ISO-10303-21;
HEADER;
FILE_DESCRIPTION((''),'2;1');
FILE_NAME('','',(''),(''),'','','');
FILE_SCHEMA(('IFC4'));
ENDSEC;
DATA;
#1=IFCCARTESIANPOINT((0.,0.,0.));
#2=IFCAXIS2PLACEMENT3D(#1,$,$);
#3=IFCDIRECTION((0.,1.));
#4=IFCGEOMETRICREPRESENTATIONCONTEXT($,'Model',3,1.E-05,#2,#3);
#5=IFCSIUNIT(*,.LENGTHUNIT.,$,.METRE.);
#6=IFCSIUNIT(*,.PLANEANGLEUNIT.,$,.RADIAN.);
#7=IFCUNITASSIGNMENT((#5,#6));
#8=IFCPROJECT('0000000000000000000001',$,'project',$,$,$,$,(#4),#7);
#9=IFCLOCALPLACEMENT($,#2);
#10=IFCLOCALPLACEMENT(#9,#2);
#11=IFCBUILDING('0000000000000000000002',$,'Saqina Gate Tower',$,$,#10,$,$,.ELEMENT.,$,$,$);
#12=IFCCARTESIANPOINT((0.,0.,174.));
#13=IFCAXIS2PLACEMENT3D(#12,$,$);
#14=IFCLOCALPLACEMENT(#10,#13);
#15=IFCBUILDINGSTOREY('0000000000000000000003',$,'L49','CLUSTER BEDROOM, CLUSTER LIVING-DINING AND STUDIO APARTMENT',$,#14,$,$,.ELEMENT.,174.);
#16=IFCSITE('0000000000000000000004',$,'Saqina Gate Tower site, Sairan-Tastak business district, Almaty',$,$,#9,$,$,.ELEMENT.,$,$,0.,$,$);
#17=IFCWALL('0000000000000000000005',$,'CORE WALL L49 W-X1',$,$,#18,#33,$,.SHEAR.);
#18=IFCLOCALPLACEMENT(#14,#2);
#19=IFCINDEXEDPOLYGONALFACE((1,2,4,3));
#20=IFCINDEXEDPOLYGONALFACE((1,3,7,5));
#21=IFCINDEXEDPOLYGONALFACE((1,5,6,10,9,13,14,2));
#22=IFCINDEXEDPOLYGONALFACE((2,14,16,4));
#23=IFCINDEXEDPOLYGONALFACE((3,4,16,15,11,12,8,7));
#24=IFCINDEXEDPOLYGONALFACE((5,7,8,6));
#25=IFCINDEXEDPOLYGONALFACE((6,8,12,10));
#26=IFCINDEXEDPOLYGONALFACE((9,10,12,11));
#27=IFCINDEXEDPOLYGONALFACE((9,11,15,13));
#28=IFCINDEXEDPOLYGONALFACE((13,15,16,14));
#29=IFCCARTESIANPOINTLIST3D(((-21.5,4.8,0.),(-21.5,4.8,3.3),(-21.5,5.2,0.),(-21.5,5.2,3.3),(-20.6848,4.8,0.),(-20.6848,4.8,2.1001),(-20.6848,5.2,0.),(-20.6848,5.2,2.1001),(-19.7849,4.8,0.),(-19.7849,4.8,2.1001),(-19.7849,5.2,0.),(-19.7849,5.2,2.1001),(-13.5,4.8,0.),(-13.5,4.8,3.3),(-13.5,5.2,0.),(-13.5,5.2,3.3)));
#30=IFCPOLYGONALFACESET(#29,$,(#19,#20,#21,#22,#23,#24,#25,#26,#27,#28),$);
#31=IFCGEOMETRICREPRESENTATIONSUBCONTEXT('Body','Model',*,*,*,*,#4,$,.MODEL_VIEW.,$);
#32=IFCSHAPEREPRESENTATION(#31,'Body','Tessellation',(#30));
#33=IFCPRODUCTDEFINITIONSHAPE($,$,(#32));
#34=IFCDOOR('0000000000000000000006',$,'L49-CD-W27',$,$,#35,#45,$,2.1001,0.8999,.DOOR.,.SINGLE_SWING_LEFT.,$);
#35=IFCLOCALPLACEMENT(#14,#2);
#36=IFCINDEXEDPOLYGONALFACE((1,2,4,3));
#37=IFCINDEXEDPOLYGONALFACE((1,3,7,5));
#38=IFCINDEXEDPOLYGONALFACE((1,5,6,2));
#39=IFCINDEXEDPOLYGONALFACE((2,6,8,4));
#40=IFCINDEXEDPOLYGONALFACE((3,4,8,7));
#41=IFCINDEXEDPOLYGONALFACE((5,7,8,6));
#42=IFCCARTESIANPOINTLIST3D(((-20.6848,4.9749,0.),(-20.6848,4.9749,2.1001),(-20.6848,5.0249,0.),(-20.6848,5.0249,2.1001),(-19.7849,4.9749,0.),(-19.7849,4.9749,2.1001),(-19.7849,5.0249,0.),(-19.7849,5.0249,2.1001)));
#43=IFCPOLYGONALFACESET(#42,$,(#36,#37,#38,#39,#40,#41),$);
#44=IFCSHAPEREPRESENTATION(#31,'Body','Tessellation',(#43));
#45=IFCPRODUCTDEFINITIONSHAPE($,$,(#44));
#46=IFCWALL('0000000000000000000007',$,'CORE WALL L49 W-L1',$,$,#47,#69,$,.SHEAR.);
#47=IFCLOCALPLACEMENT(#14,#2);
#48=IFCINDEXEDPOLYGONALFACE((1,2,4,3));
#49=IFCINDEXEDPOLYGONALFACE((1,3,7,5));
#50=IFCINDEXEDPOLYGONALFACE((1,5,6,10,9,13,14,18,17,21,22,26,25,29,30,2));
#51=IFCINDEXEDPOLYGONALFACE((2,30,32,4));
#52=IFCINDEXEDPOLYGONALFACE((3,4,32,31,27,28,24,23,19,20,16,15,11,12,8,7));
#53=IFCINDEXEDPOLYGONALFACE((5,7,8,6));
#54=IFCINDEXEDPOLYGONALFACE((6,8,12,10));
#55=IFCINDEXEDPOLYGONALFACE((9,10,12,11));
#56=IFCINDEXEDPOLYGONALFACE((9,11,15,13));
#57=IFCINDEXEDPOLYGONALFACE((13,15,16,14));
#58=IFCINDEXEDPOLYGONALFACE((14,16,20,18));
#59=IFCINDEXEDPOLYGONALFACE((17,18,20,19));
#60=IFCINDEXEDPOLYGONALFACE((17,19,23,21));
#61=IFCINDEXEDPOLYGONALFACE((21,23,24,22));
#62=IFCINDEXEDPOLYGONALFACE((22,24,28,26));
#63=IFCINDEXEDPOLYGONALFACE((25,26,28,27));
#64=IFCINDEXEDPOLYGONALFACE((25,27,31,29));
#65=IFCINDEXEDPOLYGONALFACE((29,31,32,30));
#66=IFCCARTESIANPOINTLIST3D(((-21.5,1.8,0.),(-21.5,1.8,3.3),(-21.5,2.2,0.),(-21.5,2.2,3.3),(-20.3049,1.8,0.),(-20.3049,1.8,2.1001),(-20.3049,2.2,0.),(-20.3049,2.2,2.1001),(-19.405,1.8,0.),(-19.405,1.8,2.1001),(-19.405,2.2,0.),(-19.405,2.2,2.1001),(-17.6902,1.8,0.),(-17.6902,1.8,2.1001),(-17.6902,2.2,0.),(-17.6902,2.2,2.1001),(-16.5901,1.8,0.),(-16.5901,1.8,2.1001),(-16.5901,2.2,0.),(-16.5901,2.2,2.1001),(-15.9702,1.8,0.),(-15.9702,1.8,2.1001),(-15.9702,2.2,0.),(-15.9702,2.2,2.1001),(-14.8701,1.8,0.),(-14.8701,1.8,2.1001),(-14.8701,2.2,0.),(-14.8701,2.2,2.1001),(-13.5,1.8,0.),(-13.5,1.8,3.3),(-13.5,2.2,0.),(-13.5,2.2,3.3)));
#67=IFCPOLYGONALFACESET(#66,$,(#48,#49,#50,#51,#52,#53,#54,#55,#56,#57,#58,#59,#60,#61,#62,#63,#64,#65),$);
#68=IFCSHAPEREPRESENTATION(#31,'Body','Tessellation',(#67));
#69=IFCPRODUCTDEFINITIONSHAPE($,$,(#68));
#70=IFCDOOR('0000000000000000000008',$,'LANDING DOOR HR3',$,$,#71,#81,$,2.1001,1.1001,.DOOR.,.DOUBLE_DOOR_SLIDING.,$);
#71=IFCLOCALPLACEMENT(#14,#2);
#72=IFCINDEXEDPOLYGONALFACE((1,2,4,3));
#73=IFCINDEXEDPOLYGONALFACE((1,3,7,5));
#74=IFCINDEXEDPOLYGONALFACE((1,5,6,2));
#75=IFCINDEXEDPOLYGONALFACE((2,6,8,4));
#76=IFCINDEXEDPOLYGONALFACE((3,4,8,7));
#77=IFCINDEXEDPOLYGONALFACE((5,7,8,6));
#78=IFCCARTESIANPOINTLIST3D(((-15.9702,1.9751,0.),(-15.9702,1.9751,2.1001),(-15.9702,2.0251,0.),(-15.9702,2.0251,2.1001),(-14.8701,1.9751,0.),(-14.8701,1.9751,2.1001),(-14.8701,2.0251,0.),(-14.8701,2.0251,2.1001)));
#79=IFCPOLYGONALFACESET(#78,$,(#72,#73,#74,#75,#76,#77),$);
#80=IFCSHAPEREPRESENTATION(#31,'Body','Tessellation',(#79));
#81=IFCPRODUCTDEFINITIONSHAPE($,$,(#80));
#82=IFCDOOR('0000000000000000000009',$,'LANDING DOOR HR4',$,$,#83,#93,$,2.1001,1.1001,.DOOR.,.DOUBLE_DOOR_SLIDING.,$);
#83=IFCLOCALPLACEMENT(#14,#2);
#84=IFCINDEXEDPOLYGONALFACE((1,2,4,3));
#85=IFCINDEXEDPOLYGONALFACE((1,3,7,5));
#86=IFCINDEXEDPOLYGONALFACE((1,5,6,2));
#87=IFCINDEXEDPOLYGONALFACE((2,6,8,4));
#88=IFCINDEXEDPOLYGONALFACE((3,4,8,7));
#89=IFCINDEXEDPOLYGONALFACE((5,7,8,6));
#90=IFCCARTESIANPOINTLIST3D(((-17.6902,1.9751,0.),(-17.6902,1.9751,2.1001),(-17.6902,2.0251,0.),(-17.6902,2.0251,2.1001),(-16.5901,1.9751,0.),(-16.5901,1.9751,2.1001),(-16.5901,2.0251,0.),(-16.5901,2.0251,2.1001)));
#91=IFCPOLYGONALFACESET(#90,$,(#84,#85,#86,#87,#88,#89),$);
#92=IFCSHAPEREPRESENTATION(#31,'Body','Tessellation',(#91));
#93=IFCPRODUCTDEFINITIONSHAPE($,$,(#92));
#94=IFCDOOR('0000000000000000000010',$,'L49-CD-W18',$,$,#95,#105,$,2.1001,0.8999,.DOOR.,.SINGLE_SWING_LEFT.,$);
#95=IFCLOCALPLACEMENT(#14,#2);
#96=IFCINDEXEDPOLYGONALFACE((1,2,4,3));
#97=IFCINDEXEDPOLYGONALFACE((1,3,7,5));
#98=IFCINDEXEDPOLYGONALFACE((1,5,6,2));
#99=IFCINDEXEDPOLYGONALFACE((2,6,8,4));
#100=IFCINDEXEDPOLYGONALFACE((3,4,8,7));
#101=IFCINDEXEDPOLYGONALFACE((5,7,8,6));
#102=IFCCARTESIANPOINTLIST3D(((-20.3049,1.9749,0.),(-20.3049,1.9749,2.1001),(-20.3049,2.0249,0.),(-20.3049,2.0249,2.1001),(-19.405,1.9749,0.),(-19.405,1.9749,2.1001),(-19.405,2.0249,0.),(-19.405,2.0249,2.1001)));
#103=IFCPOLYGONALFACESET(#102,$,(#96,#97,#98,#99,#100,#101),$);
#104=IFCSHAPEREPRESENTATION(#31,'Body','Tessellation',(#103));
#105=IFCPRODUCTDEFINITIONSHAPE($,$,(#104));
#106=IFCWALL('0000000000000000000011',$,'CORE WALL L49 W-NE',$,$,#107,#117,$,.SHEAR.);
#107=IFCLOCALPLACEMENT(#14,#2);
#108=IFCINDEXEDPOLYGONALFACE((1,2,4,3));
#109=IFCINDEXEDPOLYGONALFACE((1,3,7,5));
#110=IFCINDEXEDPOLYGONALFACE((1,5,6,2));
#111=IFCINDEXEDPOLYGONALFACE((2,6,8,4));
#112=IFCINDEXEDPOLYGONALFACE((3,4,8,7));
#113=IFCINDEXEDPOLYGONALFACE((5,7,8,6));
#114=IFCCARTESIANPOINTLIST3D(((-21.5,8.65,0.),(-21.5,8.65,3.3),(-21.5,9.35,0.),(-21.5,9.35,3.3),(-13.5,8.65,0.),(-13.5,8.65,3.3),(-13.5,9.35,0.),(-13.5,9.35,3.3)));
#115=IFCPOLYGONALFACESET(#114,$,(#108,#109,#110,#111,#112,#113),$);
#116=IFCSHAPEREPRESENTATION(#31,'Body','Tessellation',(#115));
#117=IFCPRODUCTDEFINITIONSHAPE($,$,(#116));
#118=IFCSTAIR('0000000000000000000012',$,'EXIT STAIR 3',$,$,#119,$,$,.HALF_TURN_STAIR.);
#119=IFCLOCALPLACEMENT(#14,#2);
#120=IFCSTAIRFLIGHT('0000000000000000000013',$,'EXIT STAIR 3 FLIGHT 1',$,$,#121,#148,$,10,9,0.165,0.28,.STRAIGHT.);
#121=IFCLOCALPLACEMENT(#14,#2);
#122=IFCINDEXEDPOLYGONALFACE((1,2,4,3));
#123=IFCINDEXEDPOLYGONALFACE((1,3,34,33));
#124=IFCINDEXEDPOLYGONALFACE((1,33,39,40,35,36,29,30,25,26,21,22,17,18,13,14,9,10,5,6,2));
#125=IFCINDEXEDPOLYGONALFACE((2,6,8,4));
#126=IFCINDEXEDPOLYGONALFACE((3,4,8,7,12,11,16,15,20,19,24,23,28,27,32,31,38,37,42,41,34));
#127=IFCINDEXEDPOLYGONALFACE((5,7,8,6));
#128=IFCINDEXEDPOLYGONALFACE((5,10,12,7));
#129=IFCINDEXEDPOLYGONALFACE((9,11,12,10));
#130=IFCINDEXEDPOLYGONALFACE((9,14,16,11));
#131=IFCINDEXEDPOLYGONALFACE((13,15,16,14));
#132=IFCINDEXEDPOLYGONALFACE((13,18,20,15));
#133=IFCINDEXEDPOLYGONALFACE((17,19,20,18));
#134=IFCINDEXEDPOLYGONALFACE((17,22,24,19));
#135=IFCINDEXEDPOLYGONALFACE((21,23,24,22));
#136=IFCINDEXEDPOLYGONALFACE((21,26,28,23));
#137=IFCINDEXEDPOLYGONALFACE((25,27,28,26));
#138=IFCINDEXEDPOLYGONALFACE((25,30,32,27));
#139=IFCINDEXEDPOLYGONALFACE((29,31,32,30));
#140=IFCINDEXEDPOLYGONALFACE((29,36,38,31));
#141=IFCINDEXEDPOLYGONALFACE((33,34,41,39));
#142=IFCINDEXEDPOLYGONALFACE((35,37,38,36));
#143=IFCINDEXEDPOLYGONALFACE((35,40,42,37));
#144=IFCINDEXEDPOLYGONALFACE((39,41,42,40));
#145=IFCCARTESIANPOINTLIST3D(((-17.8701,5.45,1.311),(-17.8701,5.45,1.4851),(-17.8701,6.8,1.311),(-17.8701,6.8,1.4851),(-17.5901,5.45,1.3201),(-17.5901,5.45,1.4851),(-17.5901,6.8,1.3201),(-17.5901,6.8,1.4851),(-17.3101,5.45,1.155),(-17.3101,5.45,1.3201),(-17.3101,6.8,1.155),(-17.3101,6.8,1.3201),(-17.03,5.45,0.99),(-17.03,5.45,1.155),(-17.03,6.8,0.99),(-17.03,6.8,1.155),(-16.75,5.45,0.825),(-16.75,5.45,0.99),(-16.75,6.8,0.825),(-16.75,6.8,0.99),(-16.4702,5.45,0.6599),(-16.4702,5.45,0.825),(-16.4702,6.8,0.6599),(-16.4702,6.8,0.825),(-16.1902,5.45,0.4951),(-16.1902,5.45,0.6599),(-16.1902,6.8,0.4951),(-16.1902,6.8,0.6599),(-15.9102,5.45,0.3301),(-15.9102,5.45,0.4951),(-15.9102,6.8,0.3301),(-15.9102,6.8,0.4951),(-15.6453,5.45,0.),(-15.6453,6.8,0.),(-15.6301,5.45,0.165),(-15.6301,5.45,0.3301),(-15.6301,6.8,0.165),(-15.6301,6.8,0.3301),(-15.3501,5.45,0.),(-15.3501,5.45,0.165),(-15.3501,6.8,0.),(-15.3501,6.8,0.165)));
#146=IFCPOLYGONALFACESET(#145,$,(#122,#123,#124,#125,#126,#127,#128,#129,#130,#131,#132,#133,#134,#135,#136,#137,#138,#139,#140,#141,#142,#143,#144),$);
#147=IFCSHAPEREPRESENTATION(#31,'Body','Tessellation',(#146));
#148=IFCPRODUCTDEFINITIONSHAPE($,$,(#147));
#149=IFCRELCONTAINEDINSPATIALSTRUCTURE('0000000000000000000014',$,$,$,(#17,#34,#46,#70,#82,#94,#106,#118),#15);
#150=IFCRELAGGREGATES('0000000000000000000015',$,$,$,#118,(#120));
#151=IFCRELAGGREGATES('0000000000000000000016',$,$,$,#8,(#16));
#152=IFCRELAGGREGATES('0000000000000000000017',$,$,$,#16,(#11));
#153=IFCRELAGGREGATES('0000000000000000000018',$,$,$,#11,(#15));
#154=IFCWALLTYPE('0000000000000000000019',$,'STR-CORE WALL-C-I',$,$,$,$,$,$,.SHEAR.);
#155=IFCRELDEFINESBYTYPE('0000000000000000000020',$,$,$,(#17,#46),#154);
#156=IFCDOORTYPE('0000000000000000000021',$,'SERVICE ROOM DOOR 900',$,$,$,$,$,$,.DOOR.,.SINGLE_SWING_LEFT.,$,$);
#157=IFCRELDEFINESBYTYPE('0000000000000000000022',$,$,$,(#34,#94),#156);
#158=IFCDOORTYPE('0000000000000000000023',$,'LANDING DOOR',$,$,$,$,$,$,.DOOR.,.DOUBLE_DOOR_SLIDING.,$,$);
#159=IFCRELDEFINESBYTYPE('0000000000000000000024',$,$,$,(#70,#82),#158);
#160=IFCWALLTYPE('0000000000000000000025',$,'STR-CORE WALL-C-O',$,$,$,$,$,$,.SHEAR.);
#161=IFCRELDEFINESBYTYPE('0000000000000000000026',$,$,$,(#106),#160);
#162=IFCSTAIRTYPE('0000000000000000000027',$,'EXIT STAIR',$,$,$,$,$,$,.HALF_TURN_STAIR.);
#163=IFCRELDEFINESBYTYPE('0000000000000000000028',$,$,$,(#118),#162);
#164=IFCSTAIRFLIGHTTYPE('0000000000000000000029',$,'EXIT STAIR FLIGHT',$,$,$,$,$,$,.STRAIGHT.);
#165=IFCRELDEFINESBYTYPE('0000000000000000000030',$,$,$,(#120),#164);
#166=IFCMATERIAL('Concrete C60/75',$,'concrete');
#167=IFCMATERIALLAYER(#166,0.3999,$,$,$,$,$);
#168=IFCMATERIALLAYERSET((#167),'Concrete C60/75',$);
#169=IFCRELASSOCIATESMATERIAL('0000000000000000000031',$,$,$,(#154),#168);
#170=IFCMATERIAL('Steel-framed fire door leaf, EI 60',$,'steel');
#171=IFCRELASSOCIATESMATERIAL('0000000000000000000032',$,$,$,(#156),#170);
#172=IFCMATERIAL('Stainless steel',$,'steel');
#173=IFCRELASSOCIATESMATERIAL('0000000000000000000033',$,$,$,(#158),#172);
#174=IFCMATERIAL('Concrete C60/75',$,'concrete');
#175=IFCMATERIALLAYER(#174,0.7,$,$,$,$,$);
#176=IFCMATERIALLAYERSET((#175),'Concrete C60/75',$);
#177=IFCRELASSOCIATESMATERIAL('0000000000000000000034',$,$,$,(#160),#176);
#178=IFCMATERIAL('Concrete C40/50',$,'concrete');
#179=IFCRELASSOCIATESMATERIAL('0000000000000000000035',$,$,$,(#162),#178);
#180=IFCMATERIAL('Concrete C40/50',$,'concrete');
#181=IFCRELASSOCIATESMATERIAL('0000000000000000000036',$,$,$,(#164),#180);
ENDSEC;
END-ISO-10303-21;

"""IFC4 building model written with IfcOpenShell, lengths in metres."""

from ifc_helpers import new_model, si_unit, direction, frame, frame_2d, origin, place, context, subcontext, project, spatial, polyline, rectangle, outline, extrude, material, layer, layer_set, type_object, element, fill, aggregate, save


model = new_model("IFC4")

# Units and contexts
model_context = context("Model", 3, precision=1e-05, world=origin(), true_north=direction((0.0, 1.0)))
body_context = subcontext(model_context, "Body", "Model", "MODEL_VIEW")
ifc_project = project(units=[si_unit("LENGTHUNIT", "METRE"), si_unit("PLANEANGLEUNIT", "RADIAN")], contexts=[model_context])

# Site, building, storey
site_placement = place(None, origin())
site = spatial("IfcSite", under=ifc_project, at=site_placement, Name="Saqina Gate Tower site, Sairan-Tastak business district, Almaty", CompositionType="ELEMENT", RefElevation=0.0)
building_placement = place(site_placement, origin())
building = spatial("IfcBuilding", under=site, at=building_placement, Name="Saqina Gate Tower", CompositionType="ELEMENT")
storey_placement = place(building_placement, frame((0.0, 0.0, 174.0)))
storey = spatial("IfcBuildingStorey", under=building, at=storey_placement, Name="L49", Description="CLUSTER BEDROOM, CLUSTER LIVING-DINING AND STUDIO APARTMENT", CompositionType="ELEMENT", Elevation=174.0)

# Wall, opening, door
ifc_material_1 = material(Name="Concrete C60/75", Category="concrete")
ifc_layer_1 = layer(ifc_material_1, 0.3999)
ifc_layer_set_1 = layer_set([ifc_layer_1], Name="Concrete C60/75")
wall_type_1 = type_object("IfcWallType", Name="STR-CORE WALL-C-I", PredefinedType="SHEAR", material=ifc_layer_set_1)
wall_1_placement = place(storey_placement, frame((-13.5, 5.0, 0.0), z_axis=(0.0, 0.0, 1.0), x_axis=(-1.0, 0.0, 0.0)))
wall_1 = element("IfcWall", 1, at=wall_1_placement, inside=storey, type_object=wall_type_1, Name="CORE WALL L49 W-X1", PredefinedType="SHEAR", context=body_context, shape_type="SweptSolid", body=[
    extrude(rectangle(XDim=8.0, YDim=0.3999, at=frame_2d((4.0, 0.0))), origin(), (0.0, 0.0, 1.0), 3.3),
])
opening_1_placement = place(wall_1_placement, frame((6.2849, 0.0, 0.0)))
opening_1 = element("IfcOpeningElement", 2, at=opening_1_placement, cuts=wall_1, PredefinedType="OPENING", context=body_context, shape_type="SweptSolid", body=[
    extrude(rectangle(XDim=0.8999, YDim=2.1001, at=frame_2d((0.45, 1.05))), frame((0.0, 0.2119, 0.0), z_axis=(0.0, -1.0, 0.0), x_axis=(1.0, 0.0, 0.0)), (0.0, 0.0, 1.0), 0.4238),
])
ifc_material_2 = material(Name="Steel-framed fire door leaf, EI 60", Category="steel")
door_type_1 = type_object("IfcDoorType", Name="SERVICE ROOM DOOR 900", OperationType="SINGLE_SWING_LEFT", PredefinedType="DOOR", material=ifc_material_2)
door_1_placement = place(opening_1_placement, frame((0.8999, 0.0, 0.0), z_axis=(0.0, 0.0, 1.0), x_axis=(-1.0, 0.0, 0.0)))
door_1 = element("IfcDoor", 3, at=door_1_placement, inside=storey, type_object=door_type_1, Name="L49-CD-W27", OperationType="SINGLE_SWING_LEFT", OverallHeight=2.1001, OverallWidth=0.8999, PredefinedType="DOOR", context=body_context, shape_type="SweptSolid", body=[
    extrude(rectangle(XDim=0.8999, YDim=2.1001, at=frame_2d((0.45, 1.05))), frame((0.0, 0.0249, 0.0), z_axis=(0.0, -1.0, 0.0), x_axis=(1.0, 0.0, 0.0)), (0.0, 0.0, 1.0), 0.05),
])
fill(opening_1, door_1)

# Wall, openings, doors
wall_2_placement = place(storey_placement, frame((-13.5, 2.0, 0.0), z_axis=(0.0, 0.0, 1.0), x_axis=(-1.0, 0.0, 0.0)))
wall_2 = element("IfcWall", 4, at=wall_2_placement, inside=storey, type_object=wall_type_1, Name="CORE WALL L49 W-L1", PredefinedType="SHEAR", context=body_context, shape_type="SweptSolid", body=[
    extrude(rectangle(XDim=8.0, YDim=0.3999, at=frame_2d((4.0, 0.0))), origin(), (0.0, 0.0, 1.0), 3.3),
])
opening_2_placement = place(wall_2_placement, frame((1.3701, 0.0, 0.0)))
opening_2 = element("IfcOpeningElement", 5, at=opening_2_placement, cuts=wall_2, PredefinedType="OPENING", context=body_context, shape_type="SweptSolid", body=[
    extrude(rectangle(XDim=1.1001, YDim=2.1001, at=frame_2d((0.55, 1.05))), frame((0.0, 0.2119, 0.0), z_axis=(0.0, -1.0, 0.0), x_axis=(1.0, 0.0, 0.0)), (0.0, 0.0, 1.0), 0.4238),
])
opening_3_placement = place(wall_2_placement, frame((3.0901, 0.0, 0.0)))
opening_3 = element("IfcOpeningElement", 6, at=opening_3_placement, cuts=wall_2, PredefinedType="OPENING", context=body_context, shape_type="SweptSolid", body=[
    extrude(rectangle(XDim=1.1001, YDim=2.1001, at=frame_2d((0.55, 1.05))), frame((0.0, 0.2119, 0.0), z_axis=(0.0, -1.0, 0.0), x_axis=(1.0, 0.0, 0.0)), (0.0, 0.0, 1.0), 0.4238),
])
opening_4_placement = place(wall_2_placement, frame((5.905, 0.0, 0.0)))
opening_4 = element("IfcOpeningElement", 7, at=opening_4_placement, cuts=wall_2, PredefinedType="OPENING", context=body_context, shape_type="SweptSolid", body=[
    extrude(rectangle(XDim=0.8999, YDim=2.1001, at=frame_2d((0.45, 1.05))), frame((0.0, 0.2119, 0.0), z_axis=(0.0, -1.0, 0.0), x_axis=(1.0, 0.0, 0.0)), (0.0, 0.0, 1.0), 0.4238),
])
ifc_material_3 = material(Name="Stainless steel", Category="steel")
door_type_2 = type_object("IfcDoorType", Name="LANDING DOOR", OperationType="DOUBLE_DOOR_SLIDING", PredefinedType="DOOR", material=ifc_material_3)
door_2_placement = place(opening_2_placement, origin())
door_2 = element("IfcDoor", 8, at=door_2_placement, inside=storey, type_object=door_type_2, Name="LANDING DOOR HR3", OperationType="DOUBLE_DOOR_SLIDING", OverallHeight=2.1001, OverallWidth=1.1001, PredefinedType="DOOR", context=body_context, shape_type="SweptSolid", body=[
    extrude(rectangle(XDim=1.1001, YDim=2.1001, at=frame_2d((0.55, 1.05))), frame((0.0, 0.0249, 0.0), z_axis=(0.0, -1.0, 0.0), x_axis=(1.0, 0.0, 0.0)), (0.0, 0.0, 1.0), 0.05),
])
fill(opening_2, door_2)
door_3_placement = place(opening_3_placement, origin())
door_3 = element("IfcDoor", 9, at=door_3_placement, inside=storey, type_object=door_type_2, Name="LANDING DOOR HR4", OperationType="DOUBLE_DOOR_SLIDING", OverallHeight=2.1001, OverallWidth=1.1001, PredefinedType="DOOR", context=body_context, shape_type="SweptSolid", body=[
    extrude(rectangle(XDim=1.1001, YDim=2.1001, at=frame_2d((0.55, 1.05))), frame((0.0, 0.0249, 0.0), z_axis=(0.0, -1.0, 0.0), x_axis=(1.0, 0.0, 0.0)), (0.0, 0.0, 1.0), 0.05),
])
fill(opening_3, door_3)
door_4_placement = place(opening_4_placement, frame((0.8999, 0.0, 0.0), z_axis=(0.0, 0.0, 1.0), x_axis=(-1.0, 0.0, 0.0)))
door_4 = element("IfcDoor", 10, at=door_4_placement, inside=storey, type_object=door_type_1, Name="L49-CD-W18", OperationType="SINGLE_SWING_LEFT", OverallHeight=2.1001, OverallWidth=0.8999, PredefinedType="DOOR", context=body_context, shape_type="SweptSolid", body=[
    extrude(rectangle(XDim=0.8999, YDim=2.1001, at=frame_2d((0.45, 1.05))), frame((0.0, 0.0249, 0.0), z_axis=(0.0, -1.0, 0.0), x_axis=(1.0, 0.0, 0.0)), (0.0, 0.0, 1.0), 0.05),
])
fill(opening_4, door_4)

# Wall
ifc_material_4 = material(Name="Concrete C60/75", Category="concrete")
ifc_layer_2 = layer(ifc_material_4, 0.7)
ifc_layer_set_2 = layer_set([ifc_layer_2], Name="Concrete C60/75")
wall_type_2 = type_object("IfcWallType", Name="STR-CORE WALL-C-O", PredefinedType="SHEAR", material=ifc_layer_set_2)
wall_3_placement = place(storey_placement, frame((-13.5, 9.0, 0.0), z_axis=(0.0, 0.0, 1.0), x_axis=(-1.0, 0.0, 0.0)))
element("IfcWall", 11, at=wall_3_placement, inside=storey, type_object=wall_type_2, Name="CORE WALL L49 W-NE", PredefinedType="SHEAR", context=body_context, shape_type="SweptSolid", body=[
    extrude(rectangle(XDim=8.0, YDim=0.7, at=frame_2d((4.0, 0.0))), origin(), (0.0, 0.0, 1.0), 3.3),
])

# Stair, stair flight
ifc_material_5 = material(Name="Concrete C40/50", Category="concrete")
stair_type = type_object("IfcStairType", Name="EXIT STAIR", PredefinedType="HALF_TURN_STAIR", material=ifc_material_5)
stair_placement = place(storey_placement, origin())
stair = element("IfcStair", 12, at=stair_placement, inside=storey, type_object=stair_type, Name="EXIT STAIR 3", PredefinedType="HALF_TURN_STAIR")
ifc_material_6 = material(Name="Concrete C40/50", Category="concrete")
stair_flight_type = type_object("IfcStairFlightType", Name="EXIT STAIR FLIGHT", PredefinedType="STRAIGHT", material=ifc_material_6)
stair_flight_placement = place(storey_placement, frame((-15.3501, 6.125, 0.0), z_axis=(0.0, 0.0, 1.0), x_axis=(-1.0, 0.0, 0.0)))
stair_flight = element("IfcStairFlight", 13, at=stair_flight_placement, type_object=stair_flight_type, Name="EXIT STAIR 3 FLIGHT 1", NumberOfRisers=10, NumberOfTreads=9, PredefinedType="STRAIGHT", RiserHeight=0.165, TreadLength=0.28, context=body_context, shape_type="SweptSolid", body=[
    extrude(outline(polyline([(0.0, 0.0), (0.0, 0.165), (0.28, 0.165), (0.28, 0.3301), (0.5601, 0.3301), (0.5601, 0.4951), (0.8401, 0.4951), (0.8401, 0.6599), (1.1201, 0.6599), (1.1201, 0.825), (1.3999, 0.825), (1.3999, 0.99), (1.6799, 0.99), (1.6799, 1.155), (1.96, 1.155), (1.96, 1.3201), (2.24, 1.3201), (2.24, 1.4851), (2.52, 1.4851), (2.52, 1.6499), (2.52, 1.311), (0.2952, 0.0), (0.0, 0.0)])), frame((0.0, 0.675, 0.0), z_axis=(0.0, -1.0, 0.0), x_axis=(1.0, 0.0, 0.0)), (0.0, 0.0, 1.0), 1.3501),
])
aggregate(stair, [stair_flight])

save(model, "model.ifc")
